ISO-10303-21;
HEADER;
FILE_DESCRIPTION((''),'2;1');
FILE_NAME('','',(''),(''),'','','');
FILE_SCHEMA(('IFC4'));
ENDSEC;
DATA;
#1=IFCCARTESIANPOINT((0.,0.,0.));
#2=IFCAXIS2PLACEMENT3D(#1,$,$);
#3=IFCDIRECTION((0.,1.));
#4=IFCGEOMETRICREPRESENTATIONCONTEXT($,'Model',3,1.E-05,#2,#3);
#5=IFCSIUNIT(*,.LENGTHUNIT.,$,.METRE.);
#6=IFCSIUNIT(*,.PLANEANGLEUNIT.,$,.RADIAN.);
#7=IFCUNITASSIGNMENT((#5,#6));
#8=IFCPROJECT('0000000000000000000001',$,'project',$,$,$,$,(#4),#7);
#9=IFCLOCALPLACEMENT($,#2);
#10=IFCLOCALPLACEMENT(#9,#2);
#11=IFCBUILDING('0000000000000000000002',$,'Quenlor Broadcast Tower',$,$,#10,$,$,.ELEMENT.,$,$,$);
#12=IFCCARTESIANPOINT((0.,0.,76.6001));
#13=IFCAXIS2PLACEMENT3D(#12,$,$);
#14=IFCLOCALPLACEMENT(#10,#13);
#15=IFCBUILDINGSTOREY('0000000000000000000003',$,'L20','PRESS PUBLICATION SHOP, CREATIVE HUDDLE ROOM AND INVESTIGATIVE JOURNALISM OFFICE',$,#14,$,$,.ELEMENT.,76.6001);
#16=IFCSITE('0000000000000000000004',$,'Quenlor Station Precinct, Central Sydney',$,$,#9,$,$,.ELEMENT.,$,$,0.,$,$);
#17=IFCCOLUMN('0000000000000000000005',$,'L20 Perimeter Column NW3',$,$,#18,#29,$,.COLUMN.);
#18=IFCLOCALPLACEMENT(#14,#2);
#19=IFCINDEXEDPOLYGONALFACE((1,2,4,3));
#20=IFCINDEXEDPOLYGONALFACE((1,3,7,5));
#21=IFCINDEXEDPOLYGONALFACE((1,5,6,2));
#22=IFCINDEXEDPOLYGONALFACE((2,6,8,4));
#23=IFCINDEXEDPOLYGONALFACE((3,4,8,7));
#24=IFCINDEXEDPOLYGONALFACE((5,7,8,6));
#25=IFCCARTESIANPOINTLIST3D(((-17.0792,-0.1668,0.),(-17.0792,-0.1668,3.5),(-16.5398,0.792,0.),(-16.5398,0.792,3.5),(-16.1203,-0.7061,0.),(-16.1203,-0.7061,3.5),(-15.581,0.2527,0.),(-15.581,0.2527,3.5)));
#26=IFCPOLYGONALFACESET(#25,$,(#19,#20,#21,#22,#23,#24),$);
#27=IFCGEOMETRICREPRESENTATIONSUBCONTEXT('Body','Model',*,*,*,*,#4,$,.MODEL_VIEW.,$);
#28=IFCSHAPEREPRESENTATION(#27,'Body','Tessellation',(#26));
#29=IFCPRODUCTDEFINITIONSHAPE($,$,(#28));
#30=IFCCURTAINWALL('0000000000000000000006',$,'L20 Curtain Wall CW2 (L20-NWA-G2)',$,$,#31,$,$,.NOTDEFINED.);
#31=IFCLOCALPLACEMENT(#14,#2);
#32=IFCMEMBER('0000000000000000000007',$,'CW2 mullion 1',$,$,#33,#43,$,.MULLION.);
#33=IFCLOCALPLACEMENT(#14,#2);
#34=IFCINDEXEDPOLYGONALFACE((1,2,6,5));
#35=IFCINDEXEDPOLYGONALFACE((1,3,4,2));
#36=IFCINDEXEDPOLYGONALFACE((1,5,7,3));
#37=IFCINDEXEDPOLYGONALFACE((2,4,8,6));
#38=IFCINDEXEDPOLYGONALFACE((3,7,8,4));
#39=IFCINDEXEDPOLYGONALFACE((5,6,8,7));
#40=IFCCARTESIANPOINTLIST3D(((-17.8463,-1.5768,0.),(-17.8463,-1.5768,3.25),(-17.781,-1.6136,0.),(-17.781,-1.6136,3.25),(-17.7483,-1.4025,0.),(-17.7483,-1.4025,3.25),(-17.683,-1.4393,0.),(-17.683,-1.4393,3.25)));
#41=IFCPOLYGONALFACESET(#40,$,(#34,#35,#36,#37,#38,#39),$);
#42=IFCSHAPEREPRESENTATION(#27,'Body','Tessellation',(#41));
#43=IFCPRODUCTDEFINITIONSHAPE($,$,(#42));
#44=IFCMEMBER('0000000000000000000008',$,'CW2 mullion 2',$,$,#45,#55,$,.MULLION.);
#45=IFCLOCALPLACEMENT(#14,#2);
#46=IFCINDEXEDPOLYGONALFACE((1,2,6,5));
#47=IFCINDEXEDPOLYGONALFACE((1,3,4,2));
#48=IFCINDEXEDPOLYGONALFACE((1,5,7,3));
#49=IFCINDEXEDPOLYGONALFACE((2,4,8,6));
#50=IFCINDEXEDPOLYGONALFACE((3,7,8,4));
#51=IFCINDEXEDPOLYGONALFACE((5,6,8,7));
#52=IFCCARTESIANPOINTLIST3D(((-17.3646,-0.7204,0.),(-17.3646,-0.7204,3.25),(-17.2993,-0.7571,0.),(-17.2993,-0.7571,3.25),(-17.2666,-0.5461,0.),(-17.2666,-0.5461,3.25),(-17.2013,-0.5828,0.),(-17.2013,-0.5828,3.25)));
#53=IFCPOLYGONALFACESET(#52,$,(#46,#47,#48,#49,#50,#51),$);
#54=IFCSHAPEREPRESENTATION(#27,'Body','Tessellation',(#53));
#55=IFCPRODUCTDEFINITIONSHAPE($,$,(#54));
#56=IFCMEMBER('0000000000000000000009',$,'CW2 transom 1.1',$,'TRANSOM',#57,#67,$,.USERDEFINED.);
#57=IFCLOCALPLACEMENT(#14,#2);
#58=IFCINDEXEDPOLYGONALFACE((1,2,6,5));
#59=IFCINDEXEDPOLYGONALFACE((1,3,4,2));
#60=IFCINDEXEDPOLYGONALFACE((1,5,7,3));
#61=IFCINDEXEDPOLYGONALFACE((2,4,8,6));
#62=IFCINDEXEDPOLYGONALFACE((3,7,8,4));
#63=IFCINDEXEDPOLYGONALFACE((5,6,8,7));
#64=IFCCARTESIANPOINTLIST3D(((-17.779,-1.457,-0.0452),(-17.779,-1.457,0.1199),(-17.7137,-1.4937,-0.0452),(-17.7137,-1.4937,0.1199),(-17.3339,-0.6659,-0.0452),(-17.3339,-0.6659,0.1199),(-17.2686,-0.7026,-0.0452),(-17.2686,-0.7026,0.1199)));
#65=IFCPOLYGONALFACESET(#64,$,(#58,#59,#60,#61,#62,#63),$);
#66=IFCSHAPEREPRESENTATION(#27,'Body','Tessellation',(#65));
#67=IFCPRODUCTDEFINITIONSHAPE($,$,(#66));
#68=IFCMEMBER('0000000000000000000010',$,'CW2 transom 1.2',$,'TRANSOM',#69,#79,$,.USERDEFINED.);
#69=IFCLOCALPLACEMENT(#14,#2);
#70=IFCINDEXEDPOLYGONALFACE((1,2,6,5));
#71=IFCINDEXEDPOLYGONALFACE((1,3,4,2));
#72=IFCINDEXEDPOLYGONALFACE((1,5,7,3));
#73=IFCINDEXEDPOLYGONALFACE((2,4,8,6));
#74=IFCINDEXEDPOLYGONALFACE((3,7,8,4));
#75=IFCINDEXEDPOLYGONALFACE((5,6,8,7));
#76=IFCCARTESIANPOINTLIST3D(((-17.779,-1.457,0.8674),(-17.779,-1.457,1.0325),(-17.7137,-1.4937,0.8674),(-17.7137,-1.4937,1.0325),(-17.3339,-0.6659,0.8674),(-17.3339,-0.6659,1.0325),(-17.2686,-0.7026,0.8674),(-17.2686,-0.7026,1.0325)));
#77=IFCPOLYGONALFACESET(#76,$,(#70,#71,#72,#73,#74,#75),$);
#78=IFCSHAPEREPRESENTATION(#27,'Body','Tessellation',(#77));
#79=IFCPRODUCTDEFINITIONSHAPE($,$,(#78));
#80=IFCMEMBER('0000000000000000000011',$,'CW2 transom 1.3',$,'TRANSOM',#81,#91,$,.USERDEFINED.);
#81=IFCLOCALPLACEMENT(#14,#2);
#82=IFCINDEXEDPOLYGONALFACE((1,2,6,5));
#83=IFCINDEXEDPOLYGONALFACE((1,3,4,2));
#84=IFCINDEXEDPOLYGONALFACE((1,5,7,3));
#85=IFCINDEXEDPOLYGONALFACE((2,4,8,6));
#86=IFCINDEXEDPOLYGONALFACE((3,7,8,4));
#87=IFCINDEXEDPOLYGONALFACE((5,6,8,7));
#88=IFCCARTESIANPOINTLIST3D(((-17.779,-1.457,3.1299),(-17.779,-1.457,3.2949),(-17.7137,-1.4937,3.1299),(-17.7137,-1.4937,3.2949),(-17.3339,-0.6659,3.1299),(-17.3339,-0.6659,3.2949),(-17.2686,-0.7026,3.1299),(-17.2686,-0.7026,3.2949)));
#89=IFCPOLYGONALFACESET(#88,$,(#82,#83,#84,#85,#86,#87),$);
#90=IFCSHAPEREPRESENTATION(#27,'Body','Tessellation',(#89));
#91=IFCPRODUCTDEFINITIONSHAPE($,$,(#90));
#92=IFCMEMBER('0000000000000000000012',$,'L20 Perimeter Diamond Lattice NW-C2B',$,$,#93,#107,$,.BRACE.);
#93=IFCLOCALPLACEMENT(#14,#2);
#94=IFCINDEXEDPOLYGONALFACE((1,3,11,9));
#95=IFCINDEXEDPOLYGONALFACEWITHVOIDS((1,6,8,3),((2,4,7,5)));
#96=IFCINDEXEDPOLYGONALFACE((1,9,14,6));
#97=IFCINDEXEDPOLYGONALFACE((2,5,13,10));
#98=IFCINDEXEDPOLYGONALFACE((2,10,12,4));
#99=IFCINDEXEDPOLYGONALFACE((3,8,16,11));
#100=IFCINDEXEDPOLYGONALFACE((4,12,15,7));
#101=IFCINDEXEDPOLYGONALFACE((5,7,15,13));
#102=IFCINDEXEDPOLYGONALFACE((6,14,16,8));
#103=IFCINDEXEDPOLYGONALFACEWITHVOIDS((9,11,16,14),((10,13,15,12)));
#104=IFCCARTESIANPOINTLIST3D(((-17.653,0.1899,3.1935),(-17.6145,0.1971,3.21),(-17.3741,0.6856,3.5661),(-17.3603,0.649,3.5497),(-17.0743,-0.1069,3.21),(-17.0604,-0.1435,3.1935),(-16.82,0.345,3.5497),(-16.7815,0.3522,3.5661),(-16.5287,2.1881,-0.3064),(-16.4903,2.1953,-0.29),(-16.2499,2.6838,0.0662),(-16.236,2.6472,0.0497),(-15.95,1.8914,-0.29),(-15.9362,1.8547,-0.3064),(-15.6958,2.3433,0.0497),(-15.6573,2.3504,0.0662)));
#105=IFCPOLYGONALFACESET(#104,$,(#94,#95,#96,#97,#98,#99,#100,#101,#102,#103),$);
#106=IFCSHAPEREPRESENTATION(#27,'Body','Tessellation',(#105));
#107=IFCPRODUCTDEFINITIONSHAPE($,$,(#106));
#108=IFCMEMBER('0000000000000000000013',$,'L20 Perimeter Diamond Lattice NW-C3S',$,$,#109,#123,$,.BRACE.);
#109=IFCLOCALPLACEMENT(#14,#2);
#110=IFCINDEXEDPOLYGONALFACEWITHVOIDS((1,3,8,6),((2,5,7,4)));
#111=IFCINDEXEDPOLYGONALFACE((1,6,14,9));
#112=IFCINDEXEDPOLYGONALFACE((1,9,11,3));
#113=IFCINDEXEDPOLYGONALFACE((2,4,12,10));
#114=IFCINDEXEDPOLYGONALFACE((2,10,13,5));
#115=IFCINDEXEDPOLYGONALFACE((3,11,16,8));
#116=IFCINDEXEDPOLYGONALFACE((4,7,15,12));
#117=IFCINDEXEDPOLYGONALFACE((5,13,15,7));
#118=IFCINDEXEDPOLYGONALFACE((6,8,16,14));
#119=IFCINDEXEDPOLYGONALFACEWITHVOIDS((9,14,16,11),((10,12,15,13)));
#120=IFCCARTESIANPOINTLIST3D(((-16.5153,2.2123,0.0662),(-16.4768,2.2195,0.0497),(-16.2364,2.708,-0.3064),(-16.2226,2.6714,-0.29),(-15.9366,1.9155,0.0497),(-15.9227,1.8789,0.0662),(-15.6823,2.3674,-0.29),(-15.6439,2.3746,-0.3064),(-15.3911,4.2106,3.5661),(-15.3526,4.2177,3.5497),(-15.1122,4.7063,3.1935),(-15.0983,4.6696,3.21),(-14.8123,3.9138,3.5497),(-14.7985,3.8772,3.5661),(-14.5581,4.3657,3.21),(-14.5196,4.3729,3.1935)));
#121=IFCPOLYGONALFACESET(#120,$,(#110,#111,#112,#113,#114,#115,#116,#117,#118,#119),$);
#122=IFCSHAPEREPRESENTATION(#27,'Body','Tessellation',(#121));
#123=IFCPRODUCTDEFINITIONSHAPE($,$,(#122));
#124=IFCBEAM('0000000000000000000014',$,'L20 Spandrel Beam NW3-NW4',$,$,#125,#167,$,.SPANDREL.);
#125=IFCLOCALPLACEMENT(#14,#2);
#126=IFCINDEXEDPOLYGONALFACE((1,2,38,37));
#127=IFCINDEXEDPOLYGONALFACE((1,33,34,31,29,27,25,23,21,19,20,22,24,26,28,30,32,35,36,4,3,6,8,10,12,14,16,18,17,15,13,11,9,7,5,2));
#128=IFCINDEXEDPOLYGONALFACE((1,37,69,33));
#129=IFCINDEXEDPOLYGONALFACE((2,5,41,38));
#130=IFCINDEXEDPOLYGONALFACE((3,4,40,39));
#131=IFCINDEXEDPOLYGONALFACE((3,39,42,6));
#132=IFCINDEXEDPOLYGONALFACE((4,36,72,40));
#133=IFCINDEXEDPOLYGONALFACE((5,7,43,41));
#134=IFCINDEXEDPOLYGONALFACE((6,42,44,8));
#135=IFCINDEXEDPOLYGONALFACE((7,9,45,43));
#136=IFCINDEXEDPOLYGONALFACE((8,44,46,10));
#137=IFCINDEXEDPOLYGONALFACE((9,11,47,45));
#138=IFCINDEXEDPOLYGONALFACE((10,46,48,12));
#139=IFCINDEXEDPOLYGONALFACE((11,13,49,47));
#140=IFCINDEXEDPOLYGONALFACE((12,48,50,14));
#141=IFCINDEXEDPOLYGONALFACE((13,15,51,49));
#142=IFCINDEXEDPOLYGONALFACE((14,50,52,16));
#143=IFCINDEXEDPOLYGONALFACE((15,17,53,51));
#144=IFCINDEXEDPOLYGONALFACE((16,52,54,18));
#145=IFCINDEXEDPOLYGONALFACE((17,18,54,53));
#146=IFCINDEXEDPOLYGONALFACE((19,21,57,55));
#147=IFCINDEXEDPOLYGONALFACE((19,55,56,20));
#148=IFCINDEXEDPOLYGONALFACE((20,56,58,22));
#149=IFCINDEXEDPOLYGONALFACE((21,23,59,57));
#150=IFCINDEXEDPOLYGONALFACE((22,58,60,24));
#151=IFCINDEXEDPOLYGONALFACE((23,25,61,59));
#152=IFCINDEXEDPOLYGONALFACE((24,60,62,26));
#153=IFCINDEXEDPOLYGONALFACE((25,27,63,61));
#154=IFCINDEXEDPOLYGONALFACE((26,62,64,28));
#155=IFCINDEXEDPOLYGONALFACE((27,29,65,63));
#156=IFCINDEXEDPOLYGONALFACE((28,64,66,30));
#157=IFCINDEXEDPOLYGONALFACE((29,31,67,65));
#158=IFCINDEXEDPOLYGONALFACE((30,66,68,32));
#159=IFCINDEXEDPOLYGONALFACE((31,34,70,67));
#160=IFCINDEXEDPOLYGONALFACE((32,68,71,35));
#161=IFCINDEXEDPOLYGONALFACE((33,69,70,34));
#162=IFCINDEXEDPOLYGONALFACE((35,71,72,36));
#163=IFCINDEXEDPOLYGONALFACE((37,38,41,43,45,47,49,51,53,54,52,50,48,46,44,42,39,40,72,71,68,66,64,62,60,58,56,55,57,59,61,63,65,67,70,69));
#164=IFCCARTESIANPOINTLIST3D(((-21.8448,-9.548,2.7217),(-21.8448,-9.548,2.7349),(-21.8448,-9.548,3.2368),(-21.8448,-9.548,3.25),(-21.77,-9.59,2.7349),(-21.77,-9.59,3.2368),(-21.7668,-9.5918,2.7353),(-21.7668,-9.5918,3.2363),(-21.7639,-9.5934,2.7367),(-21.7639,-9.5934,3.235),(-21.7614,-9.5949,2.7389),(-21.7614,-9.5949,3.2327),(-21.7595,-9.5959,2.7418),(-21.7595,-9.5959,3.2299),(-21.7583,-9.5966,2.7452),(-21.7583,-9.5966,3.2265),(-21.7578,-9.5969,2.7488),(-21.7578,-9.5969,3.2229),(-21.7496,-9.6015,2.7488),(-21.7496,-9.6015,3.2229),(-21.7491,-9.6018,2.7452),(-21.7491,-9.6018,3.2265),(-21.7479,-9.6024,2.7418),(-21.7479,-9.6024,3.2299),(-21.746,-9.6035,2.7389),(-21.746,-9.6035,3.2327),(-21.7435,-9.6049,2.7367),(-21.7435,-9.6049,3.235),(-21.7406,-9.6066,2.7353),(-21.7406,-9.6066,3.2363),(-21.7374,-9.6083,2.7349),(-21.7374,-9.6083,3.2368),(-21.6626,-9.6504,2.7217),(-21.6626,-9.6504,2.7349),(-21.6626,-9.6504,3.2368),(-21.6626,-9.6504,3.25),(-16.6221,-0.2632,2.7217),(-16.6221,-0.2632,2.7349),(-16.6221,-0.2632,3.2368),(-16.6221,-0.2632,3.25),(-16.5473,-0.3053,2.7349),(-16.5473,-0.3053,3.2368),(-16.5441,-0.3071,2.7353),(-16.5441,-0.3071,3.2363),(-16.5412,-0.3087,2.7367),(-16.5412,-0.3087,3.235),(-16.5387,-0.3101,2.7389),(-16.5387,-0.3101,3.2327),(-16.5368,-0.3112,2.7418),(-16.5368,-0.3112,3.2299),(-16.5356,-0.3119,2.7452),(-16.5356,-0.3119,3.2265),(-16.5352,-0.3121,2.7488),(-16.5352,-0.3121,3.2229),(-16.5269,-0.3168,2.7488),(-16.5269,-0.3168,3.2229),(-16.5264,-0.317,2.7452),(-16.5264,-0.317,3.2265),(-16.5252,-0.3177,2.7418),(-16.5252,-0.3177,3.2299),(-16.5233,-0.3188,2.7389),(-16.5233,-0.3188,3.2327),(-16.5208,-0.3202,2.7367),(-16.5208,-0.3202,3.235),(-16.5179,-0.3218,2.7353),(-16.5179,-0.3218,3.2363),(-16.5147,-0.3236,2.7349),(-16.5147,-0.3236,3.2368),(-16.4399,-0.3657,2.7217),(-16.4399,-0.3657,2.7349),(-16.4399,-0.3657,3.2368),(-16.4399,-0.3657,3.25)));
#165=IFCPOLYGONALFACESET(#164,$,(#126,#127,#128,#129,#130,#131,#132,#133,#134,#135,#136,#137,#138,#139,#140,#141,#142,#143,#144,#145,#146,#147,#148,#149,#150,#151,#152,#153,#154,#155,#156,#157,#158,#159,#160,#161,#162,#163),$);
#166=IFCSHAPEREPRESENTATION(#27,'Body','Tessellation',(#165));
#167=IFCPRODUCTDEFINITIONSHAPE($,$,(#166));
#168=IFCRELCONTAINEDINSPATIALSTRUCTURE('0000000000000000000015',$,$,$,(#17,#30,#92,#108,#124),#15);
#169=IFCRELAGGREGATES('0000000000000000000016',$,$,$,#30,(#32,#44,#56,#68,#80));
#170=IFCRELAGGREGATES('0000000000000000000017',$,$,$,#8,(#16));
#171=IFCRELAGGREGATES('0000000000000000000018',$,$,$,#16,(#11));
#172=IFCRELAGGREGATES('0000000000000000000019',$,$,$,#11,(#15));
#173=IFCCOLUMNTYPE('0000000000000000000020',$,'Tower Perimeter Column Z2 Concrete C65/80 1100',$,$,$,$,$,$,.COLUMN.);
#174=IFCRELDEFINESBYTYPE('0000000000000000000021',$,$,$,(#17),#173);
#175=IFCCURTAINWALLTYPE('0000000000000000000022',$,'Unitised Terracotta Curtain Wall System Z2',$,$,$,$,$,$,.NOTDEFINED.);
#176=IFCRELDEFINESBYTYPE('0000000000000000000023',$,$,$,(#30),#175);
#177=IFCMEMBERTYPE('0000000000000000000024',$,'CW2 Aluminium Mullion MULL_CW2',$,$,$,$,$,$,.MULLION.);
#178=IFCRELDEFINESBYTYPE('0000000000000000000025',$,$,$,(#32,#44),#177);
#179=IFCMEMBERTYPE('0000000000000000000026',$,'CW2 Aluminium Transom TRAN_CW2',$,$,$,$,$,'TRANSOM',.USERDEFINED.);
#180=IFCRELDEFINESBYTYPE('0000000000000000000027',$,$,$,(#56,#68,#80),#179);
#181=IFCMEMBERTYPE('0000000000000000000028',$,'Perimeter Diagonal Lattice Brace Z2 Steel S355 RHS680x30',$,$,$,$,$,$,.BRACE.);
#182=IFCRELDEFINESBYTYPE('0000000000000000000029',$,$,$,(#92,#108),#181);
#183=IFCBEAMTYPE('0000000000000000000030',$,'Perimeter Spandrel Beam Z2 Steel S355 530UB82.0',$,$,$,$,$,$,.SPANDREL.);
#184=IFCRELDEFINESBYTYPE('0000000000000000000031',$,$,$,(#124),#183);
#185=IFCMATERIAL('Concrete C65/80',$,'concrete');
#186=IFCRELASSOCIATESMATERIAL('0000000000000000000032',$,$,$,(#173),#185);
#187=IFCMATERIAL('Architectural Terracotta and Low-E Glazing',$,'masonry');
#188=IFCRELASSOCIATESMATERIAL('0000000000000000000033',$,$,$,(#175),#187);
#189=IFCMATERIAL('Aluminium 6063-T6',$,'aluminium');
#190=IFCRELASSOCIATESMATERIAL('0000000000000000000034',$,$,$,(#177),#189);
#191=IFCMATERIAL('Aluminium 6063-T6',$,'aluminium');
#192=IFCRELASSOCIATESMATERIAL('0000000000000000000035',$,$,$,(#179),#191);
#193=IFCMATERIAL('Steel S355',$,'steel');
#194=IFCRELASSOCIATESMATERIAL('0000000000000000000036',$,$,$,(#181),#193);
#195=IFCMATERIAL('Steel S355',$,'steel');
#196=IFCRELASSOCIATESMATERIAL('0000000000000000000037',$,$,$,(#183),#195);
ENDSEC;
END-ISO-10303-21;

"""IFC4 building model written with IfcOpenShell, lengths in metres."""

from ifc_helpers import new_model, si_unit, direction, frame, origin, origin_2d, place, context, subcontext, project, spatial, rectangle, hollow_rectangle, i_section, extrude, material, material_profile, profile_set, type_object, element, aggregate, save


model = new_model("IFC4")

# Units and contexts
model_context = context("Model", 3, precision=1e-05, world=origin(), true_north=direction((0.0, 1.0)))
body_context = subcontext(model_context, "Body", "Model", "MODEL_VIEW")
ifc_project = project(units=[si_unit("LENGTHUNIT", "METRE"), si_unit("PLANEANGLEUNIT", "RADIAN")], contexts=[model_context])

# Site, building, storey
site_placement = place(None, origin())
site = spatial("IfcSite", under=ifc_project, at=site_placement, Name="Quenlor Station Precinct, Central Sydney", CompositionType="ELEMENT", RefElevation=0.0)
building_placement = place(site_placement, origin())
building = spatial("IfcBuilding", under=site, at=building_placement, Name="Quenlor Broadcast Tower", CompositionType="ELEMENT")
storey_placement = place(building_placement, frame((0.0, 0.0, 76.6001)))
storey = spatial("IfcBuildingStorey", under=building, at=storey_placement, Name="L20", Description="PRESS PUBLICATION SHOP, CREATIVE HUDDLE ROOM AND INVESTIGATIVE JOURNALISM OFFICE", CompositionType="ELEMENT", Elevation=76.6001)

# Column
ifc_material_1 = material(Name="Concrete C65/80", Category="concrete")
ifc_material_profile_1 = material_profile(ifc_material_1, rectangle(XDim=1.1001, YDim=1.1001, at=origin_2d()))
ifc_profile_set_1 = profile_set([ifc_material_profile_1], Name="Concrete C65/80 RC1100x1100")
column_type = type_object("IfcColumnType", Name="Tower Perimeter Column Z2 Concrete C65/80 1100", PredefinedType="COLUMN", material=ifc_profile_set_1)
column_placement = place(storey_placement, frame((-16.3301, 0.043, 0.0), z_axis=(0.0, 0.0, 1.0), x_axis=(-0.871575, 0.490262, 0.0)))
element("IfcColumn", 1, at=column_placement, inside=storey, type_object=column_type, Name="L20 Perimeter Column NW3", PredefinedType="COLUMN", context=body_context, shape_type="SweptSolid", body=[
    extrude(rectangle(XDim=1.1001, YDim=1.1001, at=origin_2d()), origin(), (0.0, 0.0, 1.0), 3.5),
])

# Curtain wall, members
ifc_material_2 = material(Name="Architectural Terracotta and Low-E Glazing", Category="masonry")
curtain_wall_type = type_object("IfcCurtainWallType", Name="Unitised Terracotta Curtain Wall System Z2", PredefinedType="NOTDEFINED", material=ifc_material_2)
curtain_wall_placement = place(storey_placement, origin())
curtain_wall = element("IfcCurtainWall", 2, at=curtain_wall_placement, inside=storey, type_object=curtain_wall_type, Name="L20 Curtain Wall CW2 (L20-NWA-G2)", PredefinedType="NOTDEFINED")
ifc_material_3 = material(Name="Aluminium 6063-T6", Category="aluminium")
ifc_material_profile_2 = material_profile(ifc_material_3, rectangle(XDim=0.075, YDim=0.2, at=origin_2d()))
ifc_profile_set_2 = profile_set([ifc_material_profile_2], Name="Aluminium 6063-T6 MULL75x200")
member_type_1 = type_object("IfcMemberType", Name="CW2 Aluminium Mullion MULL_CW2", PredefinedType="MULLION", material=ifc_profile_set_2)
member_1_placement = place(storey_placement, frame((-17.7646, -1.5081, 0.0), z_axis=(0.0, 0.0, 1.0), x_axis=(-0.871581, 0.490252, 0.0)))
member_1 = element("IfcMember", 3, at=member_1_placement, type_object=member_type_1, Name="CW2 mullion 1", PredefinedType="MULLION", context=body_context, shape_type="SweptSolid", body=[
    extrude(rectangle(XDim=0.075, YDim=0.2, at=origin_2d()), origin(), (0.0, 0.0, 1.0), 3.25),
])
member_2_placement = place(storey_placement, frame((-17.283, -0.6516, 0.0), z_axis=(0.0, 0.0, 1.0), x_axis=(-0.871581, 0.490252, 0.0)))
member_2 = element("IfcMember", 4, at=member_2_placement, type_object=member_type_1, Name="CW2 mullion 2", PredefinedType="MULLION", context=body_context, shape_type="SweptSolid", body=[
    extrude(rectangle(XDim=0.075, YDim=0.2, at=origin_2d()), origin(), (0.0, 0.0, 1.0), 3.25),
])
ifc_material_4 = material(Name="Aluminium 6063-T6", Category="aluminium")
ifc_material_profile_3 = material_profile(ifc_material_4, rectangle(XDim=0.075, YDim=0.165, at=origin_2d()))
ifc_profile_set_3 = profile_set([ifc_material_profile_3], Name="Aluminium 6063-T6 TRAN75x165")
member_type_2 = type_object("IfcMemberType", Name="CW2 Aluminium Transom TRAN_CW2", ElementType="TRANSOM", PredefinedType="USERDEFINED", material=ifc_profile_set_3)
member_3_placement = place(storey_placement, frame((-17.7463, -1.4753, 0.0374), z_axis=(0.490363, 0.871518, 0.0), x_axis=(-0.871518, 0.490363, 0.0)))
member_3 = element("IfcMember", 5, at=member_3_placement, type_object=member_type_2, Name="CW2 transom 1.1", ObjectType="TRANSOM", PredefinedType="USERDEFINED", context=body_context, shape_type="SweptSolid", body=[
    extrude(rectangle(XDim=0.075, YDim=0.165, at=origin_2d()), origin(), (0.0, 0.0, 1.0), 0.9077),
])
member_4_placement = place(storey_placement, frame((-17.7463, -1.4753, 0.95), z_axis=(0.490363, 0.871518, 0.0), x_axis=(-0.871518, 0.490363, 0.0)))
member_4 = element("IfcMember", 6, at=member_4_placement, type_object=member_type_2, Name="CW2 transom 1.2", ObjectType="TRANSOM", PredefinedType="USERDEFINED", context=body_context, shape_type="SweptSolid", body=[
    extrude(rectangle(XDim=0.075, YDim=0.165, at=origin_2d()), origin(), (0.0, 0.0, 1.0), 0.9077),
])
member_5_placement = place(storey_placement, frame((-17.7463, -1.4753, 3.2124), z_axis=(0.490363, 0.871518, 0.0), x_axis=(-0.871518, 0.490363, 0.0)))
member_5 = element("IfcMember", 7, at=member_5_placement, type_object=member_type_2, Name="CW2 transom 1.3", ObjectType="TRANSOM", PredefinedType="USERDEFINED", context=body_context, shape_type="SweptSolid", body=[
    extrude(rectangle(XDim=0.075, YDim=0.165, at=origin_2d()), origin(), (0.0, 0.0, 1.0), 0.9077),
])

# Members
ifc_material_5 = material(Name="Steel S355", Category="steel")
ifc_material_profile_4 = material_profile(ifc_material_5, hollow_rectangle(XDim=0.6799, YDim=0.6799, WallThickness=0.03, at=origin_2d()))
ifc_profile_set_4 = profile_set([ifc_material_profile_4], Name="Steel S355 RHS680x680x30")
member_type_3 = type_object("IfcMemberType", Name="Perimeter Diagonal Lattice Brace Z2 Steel S355 RHS680x30", PredefinedType="BRACE", material=ifc_profile_set_4)
for number, where, z_axis, x_axis, name in (
    (8, (-16.093, 2.2693, -0.1201), (-0.268697, -0.477585, 0.836489), (0.871533, -0.490337, 0.0), "L20 Perimeter Diamond Lattice NW-C2B"),
    (9, (-16.0796, 2.2935, -0.1201), (0.268697, 0.477585, 0.836489), (-0.871533, 0.490337, 0.0), "L20 Perimeter Diamond Lattice NW-C3S"),
):
    element("IfcMember", number, at=place(storey_placement, frame(where, z_axis=z_axis, x_axis=x_axis)), inside=storey, type_object=member_type_3, Name=name, PredefinedType="BRACE", context=body_context, shape_type="SweptSolid", body=[
        extrude(hollow_rectangle(XDim=0.6799, YDim=0.6799, WallThickness=0.03, at=origin_2d()), origin(), (0.0, 0.0, 1.0), 4.1841),
    ])

# Beam
ifc_material_6 = material(Name="Steel S355", Category="steel")
ifc_material_profile_5 = material_profile(ifc_material_6, i_section(OverallWidth=0.209, OverallDepth=0.5283, WebThickness=0.0095, FlangeThickness=0.0132, FilletRadius=0.0139, at=origin_2d()))
ifc_profile_set_5 = profile_set([ifc_material_profile_5], Name="Steel S355 530UB82.0")
beam_type_1 = type_object("IfcBeamType", Name="Perimeter Spandrel Beam Z2 Steel S355 530UB82.0", PredefinedType="SPANDREL", material=ifc_profile_set_5)
beam_1_placement = place(storey_placement, frame((-16.531, -0.3145, 2.9858), z_axis=(-0.490263, -0.871574, 0.0), x_axis=(0.871574, -0.490263, 0.0)))
element("IfcBeam", 10, at=beam_1_placement, inside=storey, type_object=beam_type_1, Name="L20 Spandrel Beam NW3-NW4", PredefinedType="SPANDREL", context=body_context, shape_type="SweptSolid", body=[
    extrude(i_section(OverallWidth=0.209, OverallDepth=0.5283, WebThickness=0.0095, FlangeThickness=0.0132, FilletRadius=0.0139, at=origin_2d()), origin(), (0.0, 0.0, 1.0), 10.6528),
])

aggregate(curtain_wall, [member_1, member_2, member_3, member_4, member_5])

save(model, "model.ifc")
